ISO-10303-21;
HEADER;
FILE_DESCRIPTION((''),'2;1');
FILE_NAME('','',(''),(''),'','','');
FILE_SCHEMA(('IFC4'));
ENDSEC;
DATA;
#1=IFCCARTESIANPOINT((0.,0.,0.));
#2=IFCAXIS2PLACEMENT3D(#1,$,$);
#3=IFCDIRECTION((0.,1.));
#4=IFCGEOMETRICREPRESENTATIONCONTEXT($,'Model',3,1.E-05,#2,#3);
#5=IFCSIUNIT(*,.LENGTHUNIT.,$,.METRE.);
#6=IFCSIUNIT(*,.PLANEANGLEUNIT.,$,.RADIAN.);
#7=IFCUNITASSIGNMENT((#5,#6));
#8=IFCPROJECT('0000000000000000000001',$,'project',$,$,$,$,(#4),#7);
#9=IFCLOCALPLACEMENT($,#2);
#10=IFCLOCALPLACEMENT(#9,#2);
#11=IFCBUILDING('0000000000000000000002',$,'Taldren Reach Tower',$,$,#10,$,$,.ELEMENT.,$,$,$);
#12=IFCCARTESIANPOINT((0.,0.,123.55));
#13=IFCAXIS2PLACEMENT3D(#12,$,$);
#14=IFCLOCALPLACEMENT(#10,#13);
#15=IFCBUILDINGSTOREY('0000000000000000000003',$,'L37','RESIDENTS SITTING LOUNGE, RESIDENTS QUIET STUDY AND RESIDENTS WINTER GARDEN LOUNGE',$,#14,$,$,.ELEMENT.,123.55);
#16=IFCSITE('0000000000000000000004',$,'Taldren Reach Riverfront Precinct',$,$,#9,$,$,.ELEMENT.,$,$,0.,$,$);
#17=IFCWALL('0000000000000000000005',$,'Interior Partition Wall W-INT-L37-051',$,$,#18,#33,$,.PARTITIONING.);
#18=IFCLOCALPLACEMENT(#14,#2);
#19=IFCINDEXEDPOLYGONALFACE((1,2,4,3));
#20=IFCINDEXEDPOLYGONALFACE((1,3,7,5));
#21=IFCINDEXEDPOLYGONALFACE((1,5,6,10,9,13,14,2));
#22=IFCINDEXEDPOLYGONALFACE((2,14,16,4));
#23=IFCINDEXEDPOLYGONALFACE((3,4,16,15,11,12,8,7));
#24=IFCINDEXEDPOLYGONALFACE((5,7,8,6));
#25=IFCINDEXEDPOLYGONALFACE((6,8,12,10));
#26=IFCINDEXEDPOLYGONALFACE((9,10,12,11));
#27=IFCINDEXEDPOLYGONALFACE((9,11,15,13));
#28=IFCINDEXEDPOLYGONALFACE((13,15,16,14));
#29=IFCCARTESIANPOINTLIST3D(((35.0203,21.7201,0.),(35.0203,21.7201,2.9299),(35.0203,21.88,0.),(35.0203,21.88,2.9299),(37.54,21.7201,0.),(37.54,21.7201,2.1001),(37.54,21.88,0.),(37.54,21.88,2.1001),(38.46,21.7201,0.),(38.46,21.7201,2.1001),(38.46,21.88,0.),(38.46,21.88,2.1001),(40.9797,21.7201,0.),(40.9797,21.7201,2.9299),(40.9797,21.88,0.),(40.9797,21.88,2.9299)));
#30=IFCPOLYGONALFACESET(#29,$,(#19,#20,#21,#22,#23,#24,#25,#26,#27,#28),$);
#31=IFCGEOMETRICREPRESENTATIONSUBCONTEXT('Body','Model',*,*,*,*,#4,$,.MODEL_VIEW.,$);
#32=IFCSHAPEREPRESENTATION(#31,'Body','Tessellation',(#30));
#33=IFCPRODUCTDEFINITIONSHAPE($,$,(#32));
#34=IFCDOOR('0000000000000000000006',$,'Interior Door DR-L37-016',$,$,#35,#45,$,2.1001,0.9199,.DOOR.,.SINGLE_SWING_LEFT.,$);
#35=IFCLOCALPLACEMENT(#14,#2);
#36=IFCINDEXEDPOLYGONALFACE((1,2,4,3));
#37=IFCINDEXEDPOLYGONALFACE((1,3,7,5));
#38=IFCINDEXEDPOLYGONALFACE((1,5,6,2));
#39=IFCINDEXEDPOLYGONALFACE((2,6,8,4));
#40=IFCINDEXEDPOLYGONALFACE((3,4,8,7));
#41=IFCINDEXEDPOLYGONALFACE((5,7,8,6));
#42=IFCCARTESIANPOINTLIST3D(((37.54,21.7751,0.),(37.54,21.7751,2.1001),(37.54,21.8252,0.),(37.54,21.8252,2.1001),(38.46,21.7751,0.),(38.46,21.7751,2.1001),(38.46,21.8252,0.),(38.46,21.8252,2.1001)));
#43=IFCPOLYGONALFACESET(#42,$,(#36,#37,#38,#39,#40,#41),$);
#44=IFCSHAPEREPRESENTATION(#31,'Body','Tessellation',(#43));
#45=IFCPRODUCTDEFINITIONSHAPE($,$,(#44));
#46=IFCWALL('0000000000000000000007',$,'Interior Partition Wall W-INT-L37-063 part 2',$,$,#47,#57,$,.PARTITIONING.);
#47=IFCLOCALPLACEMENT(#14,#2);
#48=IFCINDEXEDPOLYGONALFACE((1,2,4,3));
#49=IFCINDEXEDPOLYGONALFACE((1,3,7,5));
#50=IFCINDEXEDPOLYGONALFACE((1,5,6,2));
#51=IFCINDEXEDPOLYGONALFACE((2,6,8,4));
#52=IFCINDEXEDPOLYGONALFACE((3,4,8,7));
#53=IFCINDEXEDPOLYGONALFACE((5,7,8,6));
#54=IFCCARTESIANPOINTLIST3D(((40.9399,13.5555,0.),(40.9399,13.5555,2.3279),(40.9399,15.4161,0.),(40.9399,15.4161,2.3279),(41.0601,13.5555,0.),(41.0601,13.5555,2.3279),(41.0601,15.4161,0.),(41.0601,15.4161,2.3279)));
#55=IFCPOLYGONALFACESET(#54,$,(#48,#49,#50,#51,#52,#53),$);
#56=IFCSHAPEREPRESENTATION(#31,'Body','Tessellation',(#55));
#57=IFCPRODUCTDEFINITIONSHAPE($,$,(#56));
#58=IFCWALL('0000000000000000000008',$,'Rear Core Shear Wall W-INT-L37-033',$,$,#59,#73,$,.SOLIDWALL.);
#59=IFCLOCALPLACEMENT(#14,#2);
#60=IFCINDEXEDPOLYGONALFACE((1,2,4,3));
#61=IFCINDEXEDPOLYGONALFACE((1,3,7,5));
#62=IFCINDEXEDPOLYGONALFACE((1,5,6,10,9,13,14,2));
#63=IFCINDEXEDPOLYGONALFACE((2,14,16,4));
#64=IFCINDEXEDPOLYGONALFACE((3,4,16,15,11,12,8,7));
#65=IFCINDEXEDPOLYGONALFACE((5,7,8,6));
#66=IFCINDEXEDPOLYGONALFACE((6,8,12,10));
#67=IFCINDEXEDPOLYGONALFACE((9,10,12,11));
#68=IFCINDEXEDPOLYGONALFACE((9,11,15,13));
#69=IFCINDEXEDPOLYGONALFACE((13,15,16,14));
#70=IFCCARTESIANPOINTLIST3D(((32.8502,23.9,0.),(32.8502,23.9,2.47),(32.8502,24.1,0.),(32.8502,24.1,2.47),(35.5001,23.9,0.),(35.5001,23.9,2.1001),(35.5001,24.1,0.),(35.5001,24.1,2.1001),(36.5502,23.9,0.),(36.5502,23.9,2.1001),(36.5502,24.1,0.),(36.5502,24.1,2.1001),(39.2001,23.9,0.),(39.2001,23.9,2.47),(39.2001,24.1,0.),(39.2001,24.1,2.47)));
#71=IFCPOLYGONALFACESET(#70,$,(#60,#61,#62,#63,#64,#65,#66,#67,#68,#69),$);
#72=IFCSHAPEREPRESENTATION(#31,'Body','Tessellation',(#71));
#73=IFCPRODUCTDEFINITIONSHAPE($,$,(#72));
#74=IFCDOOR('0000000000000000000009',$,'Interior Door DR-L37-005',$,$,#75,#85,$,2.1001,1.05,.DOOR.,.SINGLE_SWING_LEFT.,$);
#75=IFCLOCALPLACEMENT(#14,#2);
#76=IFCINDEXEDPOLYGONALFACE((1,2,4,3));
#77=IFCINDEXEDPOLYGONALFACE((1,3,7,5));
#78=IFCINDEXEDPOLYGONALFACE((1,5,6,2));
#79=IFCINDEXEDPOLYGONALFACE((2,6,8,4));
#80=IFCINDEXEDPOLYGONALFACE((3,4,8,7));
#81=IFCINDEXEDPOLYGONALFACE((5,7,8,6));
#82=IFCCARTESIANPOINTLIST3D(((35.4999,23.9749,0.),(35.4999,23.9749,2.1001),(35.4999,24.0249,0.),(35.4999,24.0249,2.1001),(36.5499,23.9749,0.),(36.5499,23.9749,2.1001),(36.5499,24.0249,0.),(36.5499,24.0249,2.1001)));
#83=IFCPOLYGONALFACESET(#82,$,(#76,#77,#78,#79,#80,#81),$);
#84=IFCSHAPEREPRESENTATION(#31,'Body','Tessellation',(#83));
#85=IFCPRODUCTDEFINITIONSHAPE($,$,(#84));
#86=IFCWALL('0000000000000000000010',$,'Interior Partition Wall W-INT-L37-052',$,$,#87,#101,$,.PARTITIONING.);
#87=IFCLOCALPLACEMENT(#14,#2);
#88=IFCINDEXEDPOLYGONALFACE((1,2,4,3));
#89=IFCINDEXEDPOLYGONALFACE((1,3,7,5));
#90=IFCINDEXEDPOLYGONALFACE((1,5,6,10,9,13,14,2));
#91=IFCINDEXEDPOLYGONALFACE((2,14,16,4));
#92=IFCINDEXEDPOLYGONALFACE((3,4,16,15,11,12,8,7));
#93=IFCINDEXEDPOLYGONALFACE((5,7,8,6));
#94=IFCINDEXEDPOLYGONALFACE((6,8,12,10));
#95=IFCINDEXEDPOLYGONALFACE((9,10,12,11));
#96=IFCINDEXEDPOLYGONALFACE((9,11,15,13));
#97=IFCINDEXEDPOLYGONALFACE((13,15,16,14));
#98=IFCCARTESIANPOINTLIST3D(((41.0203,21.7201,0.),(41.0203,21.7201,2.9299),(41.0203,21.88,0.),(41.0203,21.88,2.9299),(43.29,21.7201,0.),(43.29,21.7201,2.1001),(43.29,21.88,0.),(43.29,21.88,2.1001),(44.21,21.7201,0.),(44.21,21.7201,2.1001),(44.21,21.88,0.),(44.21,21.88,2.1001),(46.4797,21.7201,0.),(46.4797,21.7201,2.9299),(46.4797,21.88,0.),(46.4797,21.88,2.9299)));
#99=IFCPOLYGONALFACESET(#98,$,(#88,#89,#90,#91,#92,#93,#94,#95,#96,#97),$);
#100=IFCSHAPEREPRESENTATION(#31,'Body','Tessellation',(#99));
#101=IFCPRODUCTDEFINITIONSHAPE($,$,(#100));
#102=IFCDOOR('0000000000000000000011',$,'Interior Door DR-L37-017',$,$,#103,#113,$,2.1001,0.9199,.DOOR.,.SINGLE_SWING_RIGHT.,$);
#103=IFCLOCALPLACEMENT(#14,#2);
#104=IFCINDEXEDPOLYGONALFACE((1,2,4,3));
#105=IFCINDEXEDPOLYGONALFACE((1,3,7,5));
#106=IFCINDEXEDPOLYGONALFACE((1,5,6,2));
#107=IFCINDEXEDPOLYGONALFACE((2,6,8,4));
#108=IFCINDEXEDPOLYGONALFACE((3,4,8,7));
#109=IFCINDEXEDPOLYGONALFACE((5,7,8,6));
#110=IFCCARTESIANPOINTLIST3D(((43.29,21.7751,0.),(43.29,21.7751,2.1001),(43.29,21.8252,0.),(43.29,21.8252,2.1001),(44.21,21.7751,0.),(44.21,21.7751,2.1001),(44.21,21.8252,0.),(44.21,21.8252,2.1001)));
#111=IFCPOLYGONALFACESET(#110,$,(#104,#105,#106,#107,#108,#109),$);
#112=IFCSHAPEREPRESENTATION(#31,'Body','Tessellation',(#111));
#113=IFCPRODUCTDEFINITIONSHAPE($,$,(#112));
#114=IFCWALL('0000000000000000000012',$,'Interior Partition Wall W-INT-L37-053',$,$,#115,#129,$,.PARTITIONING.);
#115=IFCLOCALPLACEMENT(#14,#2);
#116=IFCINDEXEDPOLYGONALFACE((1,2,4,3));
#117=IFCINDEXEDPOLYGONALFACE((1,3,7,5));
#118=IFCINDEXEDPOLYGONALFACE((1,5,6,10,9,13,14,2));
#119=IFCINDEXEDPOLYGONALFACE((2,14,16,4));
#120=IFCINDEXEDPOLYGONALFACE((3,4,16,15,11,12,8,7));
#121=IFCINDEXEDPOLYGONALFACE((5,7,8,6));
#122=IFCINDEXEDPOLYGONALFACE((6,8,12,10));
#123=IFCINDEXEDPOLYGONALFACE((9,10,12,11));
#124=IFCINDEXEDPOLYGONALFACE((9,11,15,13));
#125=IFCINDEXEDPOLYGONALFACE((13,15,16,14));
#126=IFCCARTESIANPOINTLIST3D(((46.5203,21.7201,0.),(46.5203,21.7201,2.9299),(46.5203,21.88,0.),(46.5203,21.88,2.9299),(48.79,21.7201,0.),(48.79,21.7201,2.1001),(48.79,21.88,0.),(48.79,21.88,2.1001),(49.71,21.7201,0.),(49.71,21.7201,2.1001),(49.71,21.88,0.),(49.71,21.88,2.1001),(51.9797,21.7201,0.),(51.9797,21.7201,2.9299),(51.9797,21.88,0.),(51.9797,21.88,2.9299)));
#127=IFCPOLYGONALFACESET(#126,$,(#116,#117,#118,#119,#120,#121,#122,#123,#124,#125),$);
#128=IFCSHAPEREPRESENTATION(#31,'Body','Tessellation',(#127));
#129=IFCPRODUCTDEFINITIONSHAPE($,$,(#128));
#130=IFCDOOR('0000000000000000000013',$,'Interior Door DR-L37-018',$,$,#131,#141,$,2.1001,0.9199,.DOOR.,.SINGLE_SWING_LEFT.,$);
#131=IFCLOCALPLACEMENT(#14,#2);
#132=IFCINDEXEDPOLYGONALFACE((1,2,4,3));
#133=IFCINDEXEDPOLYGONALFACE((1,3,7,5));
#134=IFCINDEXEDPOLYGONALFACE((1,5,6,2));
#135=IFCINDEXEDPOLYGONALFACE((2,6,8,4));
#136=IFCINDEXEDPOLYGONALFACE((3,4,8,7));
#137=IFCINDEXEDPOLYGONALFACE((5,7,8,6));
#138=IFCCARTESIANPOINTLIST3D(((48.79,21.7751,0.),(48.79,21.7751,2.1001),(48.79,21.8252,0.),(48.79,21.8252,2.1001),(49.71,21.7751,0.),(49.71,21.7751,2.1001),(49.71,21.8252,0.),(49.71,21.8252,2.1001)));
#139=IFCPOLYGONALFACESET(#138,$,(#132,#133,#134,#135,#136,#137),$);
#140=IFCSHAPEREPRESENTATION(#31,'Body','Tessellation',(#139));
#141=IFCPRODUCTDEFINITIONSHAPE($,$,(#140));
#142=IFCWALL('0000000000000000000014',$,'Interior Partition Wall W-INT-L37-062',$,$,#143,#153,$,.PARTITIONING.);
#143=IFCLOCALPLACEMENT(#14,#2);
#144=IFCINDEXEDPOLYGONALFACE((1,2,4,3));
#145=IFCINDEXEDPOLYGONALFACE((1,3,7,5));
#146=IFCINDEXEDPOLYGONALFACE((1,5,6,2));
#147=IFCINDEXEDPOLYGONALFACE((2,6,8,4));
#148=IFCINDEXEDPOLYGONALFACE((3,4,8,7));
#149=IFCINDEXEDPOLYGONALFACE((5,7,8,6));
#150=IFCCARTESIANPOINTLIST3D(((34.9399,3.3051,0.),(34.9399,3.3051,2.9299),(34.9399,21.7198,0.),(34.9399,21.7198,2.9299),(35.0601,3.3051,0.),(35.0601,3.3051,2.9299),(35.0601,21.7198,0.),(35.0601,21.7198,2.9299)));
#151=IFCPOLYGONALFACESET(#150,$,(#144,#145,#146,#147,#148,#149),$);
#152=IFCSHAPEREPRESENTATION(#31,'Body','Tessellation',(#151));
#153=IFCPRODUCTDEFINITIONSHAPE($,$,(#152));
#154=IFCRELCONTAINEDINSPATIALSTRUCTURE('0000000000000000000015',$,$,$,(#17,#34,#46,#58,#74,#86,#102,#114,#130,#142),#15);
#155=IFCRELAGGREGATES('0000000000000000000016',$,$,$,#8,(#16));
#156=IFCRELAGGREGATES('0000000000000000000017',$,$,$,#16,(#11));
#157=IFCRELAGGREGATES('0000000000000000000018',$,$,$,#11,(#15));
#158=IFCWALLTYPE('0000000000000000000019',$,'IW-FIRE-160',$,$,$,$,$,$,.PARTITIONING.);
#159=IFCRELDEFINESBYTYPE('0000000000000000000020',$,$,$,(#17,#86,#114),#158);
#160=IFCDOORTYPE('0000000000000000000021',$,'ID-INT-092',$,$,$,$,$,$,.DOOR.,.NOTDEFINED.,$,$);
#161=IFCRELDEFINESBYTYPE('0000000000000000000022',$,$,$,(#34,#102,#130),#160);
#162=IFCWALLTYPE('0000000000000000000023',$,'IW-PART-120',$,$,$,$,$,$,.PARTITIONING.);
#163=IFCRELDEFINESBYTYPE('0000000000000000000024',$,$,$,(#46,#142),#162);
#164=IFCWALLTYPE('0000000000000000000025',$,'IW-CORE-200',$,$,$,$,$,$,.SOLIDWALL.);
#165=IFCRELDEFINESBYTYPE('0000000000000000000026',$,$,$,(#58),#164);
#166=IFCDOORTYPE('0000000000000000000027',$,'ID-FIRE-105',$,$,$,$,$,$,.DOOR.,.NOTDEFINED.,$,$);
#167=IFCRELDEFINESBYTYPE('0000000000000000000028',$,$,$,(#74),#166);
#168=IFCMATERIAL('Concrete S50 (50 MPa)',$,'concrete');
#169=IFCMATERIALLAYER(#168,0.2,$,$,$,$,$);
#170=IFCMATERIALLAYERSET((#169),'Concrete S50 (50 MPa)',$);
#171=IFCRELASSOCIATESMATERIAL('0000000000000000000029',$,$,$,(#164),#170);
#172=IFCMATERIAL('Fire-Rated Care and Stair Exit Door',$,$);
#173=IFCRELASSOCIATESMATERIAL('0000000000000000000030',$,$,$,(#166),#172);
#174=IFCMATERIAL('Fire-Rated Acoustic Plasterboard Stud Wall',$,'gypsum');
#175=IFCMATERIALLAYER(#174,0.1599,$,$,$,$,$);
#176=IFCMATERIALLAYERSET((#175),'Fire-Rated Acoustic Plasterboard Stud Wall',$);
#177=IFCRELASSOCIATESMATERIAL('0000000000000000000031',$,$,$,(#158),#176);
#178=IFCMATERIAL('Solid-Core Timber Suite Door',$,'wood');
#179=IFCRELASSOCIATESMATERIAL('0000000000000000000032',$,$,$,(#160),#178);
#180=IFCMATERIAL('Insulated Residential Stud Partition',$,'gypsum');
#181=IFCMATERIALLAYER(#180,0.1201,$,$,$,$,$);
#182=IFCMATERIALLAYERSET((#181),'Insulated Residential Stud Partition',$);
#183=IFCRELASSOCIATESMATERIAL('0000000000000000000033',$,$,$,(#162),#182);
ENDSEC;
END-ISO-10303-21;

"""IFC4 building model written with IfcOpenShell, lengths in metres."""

from ifc_helpers import new_model, si_unit, direction, frame, frame_2d, origin, place, context, subcontext, project, spatial, rectangle, extrude, source, transform, mapped, material, layer, layer_set, type_object, element, fill, save


model = new_model("IFC4")

# Units and contexts
model_context = context("Model", 3, precision=1e-05, world=origin(), true_north=direction((0.0, 1.0)))
body_context = subcontext(model_context, "Body", "Model", "MODEL_VIEW")
ifc_project = project(units=[si_unit("LENGTHUNIT", "METRE"), si_unit("PLANEANGLEUNIT", "RADIAN")], contexts=[model_context])

# Site, building, storey
site_placement = place(None, origin())
site = spatial("IfcSite", under=ifc_project, at=site_placement, Name="Taldren Reach Riverfront Precinct", CompositionType="ELEMENT", RefElevation=0.0)
building_placement = place(site_placement, origin())
building = spatial("IfcBuilding", under=site, at=building_placement, Name="Taldren Reach Tower", CompositionType="ELEMENT")
storey_placement = place(building_placement, frame((0.0, 0.0, 123.55)))
storey = spatial("IfcBuildingStorey", under=building, at=storey_placement, Name="L37", Description="RESIDENTS SITTING LOUNGE, RESIDENTS QUIET STUDY AND RESIDENTS WINTER GARDEN LOUNGE", CompositionType="ELEMENT", Elevation=123.55)

# Wall, opening, door
ifc_material_1 = material(Name="Concrete S50 (50 MPa)", Category="concrete")
ifc_layer_1 = layer(ifc_material_1, 0.2)
ifc_layer_set_1 = layer_set([ifc_layer_1], Name="Concrete S50 (50 MPa)")
wall_type_1 = type_object("IfcWallType", Name="IW-CORE-200", PredefinedType="SOLIDWALL", material=ifc_layer_set_1)
shared_shape_1 = source(origin(), body_context, "Body", "SweptSolid", [
    extrude(rectangle(XDim=1.05, YDim=2.1001, at=frame_2d((0.5249, 1.05))), frame((0.0, 0.1099, 0.0), z_axis=(0.0, -1.0, 0.0), x_axis=(1.0, 0.0, 0.0)), (0.0, 0.0, 1.0), 0.22),
])
ifc_material_2 = material(Name="Fire-Rated Care and Stair Exit Door")
door_type_1 = type_object("IfcDoorType", Name="ID-FIRE-105", OperationType="NOTDEFINED", PredefinedType="DOOR", material=ifc_material_2)
shared_shape_2 = source(origin(), body_context, "Body", "SweptSolid", [
    extrude(rectangle(XDim=1.05, YDim=2.1001, at=frame_2d((0.5249, 1.05))), frame((0.0, 0.0249, 0.0), z_axis=(0.0, -1.0, 0.0), x_axis=(1.0, 0.0, 0.0)), (0.0, 0.0, 1.0), 0.05),
])
ifc_material_3 = material(Name="Fire-Rated Acoustic Plasterboard Stud Wall", Category="gypsum")
ifc_layer_2 = layer(ifc_material_3, 0.1599)
ifc_layer_set_2 = layer_set([ifc_layer_2], Name="Fire-Rated Acoustic Plasterboard Stud Wall")
wall_type_2 = type_object("IfcWallType", Name="IW-FIRE-160", PredefinedType="PARTITIONING", material=ifc_layer_set_2)
shared_shape_3 = source(origin(), body_context, "Body", "SweptSolid", [
    extrude(rectangle(XDim=5.9595, YDim=0.1599, at=frame_2d((2.9797, 0.0))), origin(), (0.0, 0.0, 1.0), 2.9299),
])
shared_shape_4 = source(origin(), body_context, "Body", "SweptSolid", [
    extrude(rectangle(XDim=0.9199, YDim=2.1001, at=frame_2d((0.46, 1.05))), frame((0.0, 0.0898, 0.0), z_axis=(0.0, -1.0, 0.0), x_axis=(1.0, 0.0, 0.0)), (0.0, 0.0, 1.0), 0.1799),
])
ifc_material_4 = material(Name="Solid-Core Timber Suite Door", Category="wood")
door_type_2 = type_object("IfcDoorType", Name="ID-INT-092", OperationType="NOTDEFINED", PredefinedType="DOOR", material=ifc_material_4)
shared_shape_5 = source(origin(), body_context, "Body", "SweptSolid", [
    extrude(rectangle(XDim=0.9199, YDim=2.1001, at=frame_2d((0.46, 1.05))), frame((0.0, 0.0249, 0.0), z_axis=(0.0, -1.0, 0.0), x_axis=(1.0, 0.0, 0.0)), (0.0, 0.0, 1.0), 0.05),
])
wall_1_placement = place(storey_placement, frame((40.9797, 21.8, 0.0), z_axis=(0.0, 0.0, 1.0), x_axis=(-1.0, 0.0, 0.0)))
wall_1 = element("IfcWall", 1, at=wall_1_placement, inside=storey, type_object=wall_type_2, Name="Interior Partition Wall W-INT-L37-051", PredefinedType="PARTITIONING", context=body_context, shape_type="MappedRepresentation", body=[
    mapped(shared_shape_3, transform((0.0, 0.0, 0.0), scale=1.0)),
])
opening_1_placement = place(wall_1_placement, frame((2.5198, 0.0, 0.0)))
opening_1 = element("IfcOpeningElement", 2, at=opening_1_placement, cuts=wall_1, PredefinedType="OPENING", context=body_context, shape_type="MappedRepresentation", body=[
    mapped(shared_shape_4, transform((0.0, 0.0, 0.0), scale=1.0)),
])
door_1_placement = place(opening_1_placement, origin())
door_1 = element("IfcDoor", 3, at=door_1_placement, inside=storey, type_object=door_type_2, Name="Interior Door DR-L37-016", OperationType="SINGLE_SWING_LEFT", OverallHeight=2.1001, OverallWidth=0.9199, PredefinedType="DOOR", context=body_context, shape_type="MappedRepresentation", body=[
    mapped(shared_shape_5, transform((0.0, 0.0, 0.0), scale=1.0)),
])
fill(opening_1, door_1)

# Wall
ifc_material_5 = material(Name="Insulated Residential Stud Partition", Category="gypsum")
ifc_layer_3 = layer(ifc_material_5, 0.1201)
ifc_layer_set_3 = layer_set([ifc_layer_3], Name="Insulated Residential Stud Partition")
wall_type_3 = type_object("IfcWallType", Name="IW-PART-120", PredefinedType="PARTITIONING", material=ifc_layer_set_3)
shared_shape_6 = source(origin(), body_context, "Body", "SweptSolid", [
    extrude(rectangle(XDim=1.8606, YDim=0.1201, at=frame_2d((0.9302, 0.0))), origin(), (0.0, 0.0, 1.0), 2.3279),
])
wall_2_placement = place(storey_placement, frame((41.0, 15.416, 0.0), z_axis=(0.0, 0.0, 1.0), x_axis=(0.0, -1.0, 0.0)))
element("IfcWall", 4, at=wall_2_placement, inside=storey, type_object=wall_type_3, Name="Interior Partition Wall W-INT-L37-063 part 2", PredefinedType="PARTITIONING", context=body_context, shape_type="MappedRepresentation", body=[
    mapped(shared_shape_6, transform((0.0, 0.0, 0.0), scale=1.0)),
])

# Walls, openings, doors
shared_shape_7 = source(origin(), body_context, "Body", "SweptSolid", [
    extrude(rectangle(XDim=6.3499, YDim=0.2, at=frame_2d((3.1748, 0.0))), origin(), (0.0, 0.0, 1.0), 2.47),
])
wall_3_placement = place(storey_placement, frame((39.2, 24.0, 0.0), z_axis=(0.0, 0.0, 1.0), x_axis=(-1.0, 0.0, 0.0)))
wall_3 = element("IfcWall", 5, at=wall_3_placement, inside=storey, type_object=wall_type_1, Name="Rear Core Shear Wall W-INT-L37-033", PredefinedType="SOLIDWALL", context=body_context, shape_type="MappedRepresentation", body=[
    mapped(shared_shape_7, transform((0.0, 0.0, 0.0), scale=1.0)),
])
opening_2_placement = place(wall_3_placement, frame((2.6499, 0.0, 0.0)))
opening_2 = element("IfcOpeningElement", 6, at=opening_2_placement, cuts=wall_3, PredefinedType="OPENING", context=body_context, shape_type="MappedRepresentation", body=[
    mapped(shared_shape_1, transform((0.0, 0.0, 0.0), scale=1.0)),
])
door_2_placement = place(opening_2_placement, frame((1.05, 0.0, 0.0), z_axis=(0.0, 0.0, 1.0), x_axis=(-1.0, 0.0, 0.0)))
door_2 = element("IfcDoor", 7, at=door_2_placement, inside=storey, type_object=door_type_1, Name="Interior Door DR-L37-005", OperationType="SINGLE_SWING_LEFT", OverallHeight=2.1001, OverallWidth=1.05, PredefinedType="DOOR", context=body_context, shape_type="MappedRepresentation", body=[
    mapped(shared_shape_2, transform((0.0, 0.0, 0.0), scale=1.0)),
])
fill(opening_2, door_2)
shared_shape_8 = source(origin(), body_context, "Body", "SweptSolid", [
    extrude(rectangle(XDim=5.4595, YDim=0.1599, at=frame_2d((2.7297, 0.0))), origin(), (0.0, 0.0, 1.0), 2.9299),
])
wall_4_placement = place(storey_placement, frame((46.4797, 21.8, 0.0), z_axis=(0.0, 0.0, 1.0), x_axis=(-1.0, 0.0, 0.0)))
wall_4 = element("IfcWall", 8, at=wall_4_placement, inside=storey, type_object=wall_type_2, Name="Interior Partition Wall W-INT-L37-052", PredefinedType="PARTITIONING", context=body_context, shape_type="MappedRepresentation", body=[
    mapped(shared_shape_8, transform((0.0, 0.0, 0.0), scale=1.0)),
])
opening_3_placement = place(wall_4_placement, frame((2.2698, 0.0, 0.0)))
opening_3 = element("IfcOpeningElement", 9, at=opening_3_placement, cuts=wall_4, PredefinedType="OPENING", context=body_context, shape_type="MappedRepresentation", body=[
    mapped(shared_shape_4, transform((0.0, 0.0, 0.0), scale=1.0)),
])
door_3_placement = place(opening_3_placement, origin())
door_3 = element("IfcDoor", 10, at=door_3_placement, inside=storey, type_object=door_type_2, Name="Interior Door DR-L37-017", OperationType="SINGLE_SWING_RIGHT", OverallHeight=2.1001, OverallWidth=0.9199, PredefinedType="DOOR", context=body_context, shape_type="MappedRepresentation", body=[
    mapped(shared_shape_5, transform((0.0, 0.0, 0.0), scale=1.0)),
])
fill(opening_3, door_3)
wall_5_placement = place(storey_placement, frame((51.9797, 21.8, 0.0), z_axis=(0.0, 0.0, 1.0), x_axis=(-1.0, 0.0, 0.0)))
wall_5 = element("IfcWall", 11, at=wall_5_placement, inside=storey, type_object=wall_type_2, Name="Interior Partition Wall W-INT-L37-053", PredefinedType="PARTITIONING", context=body_context, shape_type="MappedRepresentation", body=[
    mapped(shared_shape_8, transform((0.0, 0.0, 0.0), scale=1.0)),
])
opening_4_placement = place(wall_5_placement, frame((2.2698, 0.0, 0.0)))
opening_4 = element("IfcOpeningElement", 12, at=opening_4_placement, cuts=wall_5, PredefinedType="OPENING", context=body_context, shape_type="MappedRepresentation", body=[
    mapped(shared_shape_4, transform((0.0, 0.0, 0.0), scale=1.0)),
])
door_4_placement = place(opening_4_placement, origin())
door_4 = element("IfcDoor", 13, at=door_4_placement, inside=storey, type_object=door_type_2, Name="Interior Door DR-L37-018", OperationType="SINGLE_SWING_LEFT", OverallHeight=2.1001, OverallWidth=0.9199, PredefinedType="DOOR", context=body_context, shape_type="MappedRepresentation", body=[
    mapped(shared_shape_5, transform((0.0, 0.0, 0.0), scale=1.0)),
])
fill(opening_4, door_4)

# Wall
shared_shape_9 = source(origin(), body_context, "Body", "SweptSolid", [
    extrude(rectangle(XDim=18.4148, YDim=0.1201, at=frame_2d((9.2075, 0.0))), origin(), (0.0, 0.0, 1.0), 2.9299),
])
wall_6_placement = place(storey_placement, frame((35.0, 21.72, 0.0), z_axis=(0.0, 0.0, 1.0), x_axis=(0.0, -1.0, 0.0)))
element("IfcWall", 14, at=wall_6_placement, inside=storey, type_object=wall_type_3, Name="Interior Partition Wall W-INT-L37-062", PredefinedType="PARTITIONING", context=body_context, shape_type="MappedRepresentation", body=[
    mapped(shared_shape_9, transform((0.0, 0.0, 0.0), scale=1.0)),
])

save(model, "model.ifc")
